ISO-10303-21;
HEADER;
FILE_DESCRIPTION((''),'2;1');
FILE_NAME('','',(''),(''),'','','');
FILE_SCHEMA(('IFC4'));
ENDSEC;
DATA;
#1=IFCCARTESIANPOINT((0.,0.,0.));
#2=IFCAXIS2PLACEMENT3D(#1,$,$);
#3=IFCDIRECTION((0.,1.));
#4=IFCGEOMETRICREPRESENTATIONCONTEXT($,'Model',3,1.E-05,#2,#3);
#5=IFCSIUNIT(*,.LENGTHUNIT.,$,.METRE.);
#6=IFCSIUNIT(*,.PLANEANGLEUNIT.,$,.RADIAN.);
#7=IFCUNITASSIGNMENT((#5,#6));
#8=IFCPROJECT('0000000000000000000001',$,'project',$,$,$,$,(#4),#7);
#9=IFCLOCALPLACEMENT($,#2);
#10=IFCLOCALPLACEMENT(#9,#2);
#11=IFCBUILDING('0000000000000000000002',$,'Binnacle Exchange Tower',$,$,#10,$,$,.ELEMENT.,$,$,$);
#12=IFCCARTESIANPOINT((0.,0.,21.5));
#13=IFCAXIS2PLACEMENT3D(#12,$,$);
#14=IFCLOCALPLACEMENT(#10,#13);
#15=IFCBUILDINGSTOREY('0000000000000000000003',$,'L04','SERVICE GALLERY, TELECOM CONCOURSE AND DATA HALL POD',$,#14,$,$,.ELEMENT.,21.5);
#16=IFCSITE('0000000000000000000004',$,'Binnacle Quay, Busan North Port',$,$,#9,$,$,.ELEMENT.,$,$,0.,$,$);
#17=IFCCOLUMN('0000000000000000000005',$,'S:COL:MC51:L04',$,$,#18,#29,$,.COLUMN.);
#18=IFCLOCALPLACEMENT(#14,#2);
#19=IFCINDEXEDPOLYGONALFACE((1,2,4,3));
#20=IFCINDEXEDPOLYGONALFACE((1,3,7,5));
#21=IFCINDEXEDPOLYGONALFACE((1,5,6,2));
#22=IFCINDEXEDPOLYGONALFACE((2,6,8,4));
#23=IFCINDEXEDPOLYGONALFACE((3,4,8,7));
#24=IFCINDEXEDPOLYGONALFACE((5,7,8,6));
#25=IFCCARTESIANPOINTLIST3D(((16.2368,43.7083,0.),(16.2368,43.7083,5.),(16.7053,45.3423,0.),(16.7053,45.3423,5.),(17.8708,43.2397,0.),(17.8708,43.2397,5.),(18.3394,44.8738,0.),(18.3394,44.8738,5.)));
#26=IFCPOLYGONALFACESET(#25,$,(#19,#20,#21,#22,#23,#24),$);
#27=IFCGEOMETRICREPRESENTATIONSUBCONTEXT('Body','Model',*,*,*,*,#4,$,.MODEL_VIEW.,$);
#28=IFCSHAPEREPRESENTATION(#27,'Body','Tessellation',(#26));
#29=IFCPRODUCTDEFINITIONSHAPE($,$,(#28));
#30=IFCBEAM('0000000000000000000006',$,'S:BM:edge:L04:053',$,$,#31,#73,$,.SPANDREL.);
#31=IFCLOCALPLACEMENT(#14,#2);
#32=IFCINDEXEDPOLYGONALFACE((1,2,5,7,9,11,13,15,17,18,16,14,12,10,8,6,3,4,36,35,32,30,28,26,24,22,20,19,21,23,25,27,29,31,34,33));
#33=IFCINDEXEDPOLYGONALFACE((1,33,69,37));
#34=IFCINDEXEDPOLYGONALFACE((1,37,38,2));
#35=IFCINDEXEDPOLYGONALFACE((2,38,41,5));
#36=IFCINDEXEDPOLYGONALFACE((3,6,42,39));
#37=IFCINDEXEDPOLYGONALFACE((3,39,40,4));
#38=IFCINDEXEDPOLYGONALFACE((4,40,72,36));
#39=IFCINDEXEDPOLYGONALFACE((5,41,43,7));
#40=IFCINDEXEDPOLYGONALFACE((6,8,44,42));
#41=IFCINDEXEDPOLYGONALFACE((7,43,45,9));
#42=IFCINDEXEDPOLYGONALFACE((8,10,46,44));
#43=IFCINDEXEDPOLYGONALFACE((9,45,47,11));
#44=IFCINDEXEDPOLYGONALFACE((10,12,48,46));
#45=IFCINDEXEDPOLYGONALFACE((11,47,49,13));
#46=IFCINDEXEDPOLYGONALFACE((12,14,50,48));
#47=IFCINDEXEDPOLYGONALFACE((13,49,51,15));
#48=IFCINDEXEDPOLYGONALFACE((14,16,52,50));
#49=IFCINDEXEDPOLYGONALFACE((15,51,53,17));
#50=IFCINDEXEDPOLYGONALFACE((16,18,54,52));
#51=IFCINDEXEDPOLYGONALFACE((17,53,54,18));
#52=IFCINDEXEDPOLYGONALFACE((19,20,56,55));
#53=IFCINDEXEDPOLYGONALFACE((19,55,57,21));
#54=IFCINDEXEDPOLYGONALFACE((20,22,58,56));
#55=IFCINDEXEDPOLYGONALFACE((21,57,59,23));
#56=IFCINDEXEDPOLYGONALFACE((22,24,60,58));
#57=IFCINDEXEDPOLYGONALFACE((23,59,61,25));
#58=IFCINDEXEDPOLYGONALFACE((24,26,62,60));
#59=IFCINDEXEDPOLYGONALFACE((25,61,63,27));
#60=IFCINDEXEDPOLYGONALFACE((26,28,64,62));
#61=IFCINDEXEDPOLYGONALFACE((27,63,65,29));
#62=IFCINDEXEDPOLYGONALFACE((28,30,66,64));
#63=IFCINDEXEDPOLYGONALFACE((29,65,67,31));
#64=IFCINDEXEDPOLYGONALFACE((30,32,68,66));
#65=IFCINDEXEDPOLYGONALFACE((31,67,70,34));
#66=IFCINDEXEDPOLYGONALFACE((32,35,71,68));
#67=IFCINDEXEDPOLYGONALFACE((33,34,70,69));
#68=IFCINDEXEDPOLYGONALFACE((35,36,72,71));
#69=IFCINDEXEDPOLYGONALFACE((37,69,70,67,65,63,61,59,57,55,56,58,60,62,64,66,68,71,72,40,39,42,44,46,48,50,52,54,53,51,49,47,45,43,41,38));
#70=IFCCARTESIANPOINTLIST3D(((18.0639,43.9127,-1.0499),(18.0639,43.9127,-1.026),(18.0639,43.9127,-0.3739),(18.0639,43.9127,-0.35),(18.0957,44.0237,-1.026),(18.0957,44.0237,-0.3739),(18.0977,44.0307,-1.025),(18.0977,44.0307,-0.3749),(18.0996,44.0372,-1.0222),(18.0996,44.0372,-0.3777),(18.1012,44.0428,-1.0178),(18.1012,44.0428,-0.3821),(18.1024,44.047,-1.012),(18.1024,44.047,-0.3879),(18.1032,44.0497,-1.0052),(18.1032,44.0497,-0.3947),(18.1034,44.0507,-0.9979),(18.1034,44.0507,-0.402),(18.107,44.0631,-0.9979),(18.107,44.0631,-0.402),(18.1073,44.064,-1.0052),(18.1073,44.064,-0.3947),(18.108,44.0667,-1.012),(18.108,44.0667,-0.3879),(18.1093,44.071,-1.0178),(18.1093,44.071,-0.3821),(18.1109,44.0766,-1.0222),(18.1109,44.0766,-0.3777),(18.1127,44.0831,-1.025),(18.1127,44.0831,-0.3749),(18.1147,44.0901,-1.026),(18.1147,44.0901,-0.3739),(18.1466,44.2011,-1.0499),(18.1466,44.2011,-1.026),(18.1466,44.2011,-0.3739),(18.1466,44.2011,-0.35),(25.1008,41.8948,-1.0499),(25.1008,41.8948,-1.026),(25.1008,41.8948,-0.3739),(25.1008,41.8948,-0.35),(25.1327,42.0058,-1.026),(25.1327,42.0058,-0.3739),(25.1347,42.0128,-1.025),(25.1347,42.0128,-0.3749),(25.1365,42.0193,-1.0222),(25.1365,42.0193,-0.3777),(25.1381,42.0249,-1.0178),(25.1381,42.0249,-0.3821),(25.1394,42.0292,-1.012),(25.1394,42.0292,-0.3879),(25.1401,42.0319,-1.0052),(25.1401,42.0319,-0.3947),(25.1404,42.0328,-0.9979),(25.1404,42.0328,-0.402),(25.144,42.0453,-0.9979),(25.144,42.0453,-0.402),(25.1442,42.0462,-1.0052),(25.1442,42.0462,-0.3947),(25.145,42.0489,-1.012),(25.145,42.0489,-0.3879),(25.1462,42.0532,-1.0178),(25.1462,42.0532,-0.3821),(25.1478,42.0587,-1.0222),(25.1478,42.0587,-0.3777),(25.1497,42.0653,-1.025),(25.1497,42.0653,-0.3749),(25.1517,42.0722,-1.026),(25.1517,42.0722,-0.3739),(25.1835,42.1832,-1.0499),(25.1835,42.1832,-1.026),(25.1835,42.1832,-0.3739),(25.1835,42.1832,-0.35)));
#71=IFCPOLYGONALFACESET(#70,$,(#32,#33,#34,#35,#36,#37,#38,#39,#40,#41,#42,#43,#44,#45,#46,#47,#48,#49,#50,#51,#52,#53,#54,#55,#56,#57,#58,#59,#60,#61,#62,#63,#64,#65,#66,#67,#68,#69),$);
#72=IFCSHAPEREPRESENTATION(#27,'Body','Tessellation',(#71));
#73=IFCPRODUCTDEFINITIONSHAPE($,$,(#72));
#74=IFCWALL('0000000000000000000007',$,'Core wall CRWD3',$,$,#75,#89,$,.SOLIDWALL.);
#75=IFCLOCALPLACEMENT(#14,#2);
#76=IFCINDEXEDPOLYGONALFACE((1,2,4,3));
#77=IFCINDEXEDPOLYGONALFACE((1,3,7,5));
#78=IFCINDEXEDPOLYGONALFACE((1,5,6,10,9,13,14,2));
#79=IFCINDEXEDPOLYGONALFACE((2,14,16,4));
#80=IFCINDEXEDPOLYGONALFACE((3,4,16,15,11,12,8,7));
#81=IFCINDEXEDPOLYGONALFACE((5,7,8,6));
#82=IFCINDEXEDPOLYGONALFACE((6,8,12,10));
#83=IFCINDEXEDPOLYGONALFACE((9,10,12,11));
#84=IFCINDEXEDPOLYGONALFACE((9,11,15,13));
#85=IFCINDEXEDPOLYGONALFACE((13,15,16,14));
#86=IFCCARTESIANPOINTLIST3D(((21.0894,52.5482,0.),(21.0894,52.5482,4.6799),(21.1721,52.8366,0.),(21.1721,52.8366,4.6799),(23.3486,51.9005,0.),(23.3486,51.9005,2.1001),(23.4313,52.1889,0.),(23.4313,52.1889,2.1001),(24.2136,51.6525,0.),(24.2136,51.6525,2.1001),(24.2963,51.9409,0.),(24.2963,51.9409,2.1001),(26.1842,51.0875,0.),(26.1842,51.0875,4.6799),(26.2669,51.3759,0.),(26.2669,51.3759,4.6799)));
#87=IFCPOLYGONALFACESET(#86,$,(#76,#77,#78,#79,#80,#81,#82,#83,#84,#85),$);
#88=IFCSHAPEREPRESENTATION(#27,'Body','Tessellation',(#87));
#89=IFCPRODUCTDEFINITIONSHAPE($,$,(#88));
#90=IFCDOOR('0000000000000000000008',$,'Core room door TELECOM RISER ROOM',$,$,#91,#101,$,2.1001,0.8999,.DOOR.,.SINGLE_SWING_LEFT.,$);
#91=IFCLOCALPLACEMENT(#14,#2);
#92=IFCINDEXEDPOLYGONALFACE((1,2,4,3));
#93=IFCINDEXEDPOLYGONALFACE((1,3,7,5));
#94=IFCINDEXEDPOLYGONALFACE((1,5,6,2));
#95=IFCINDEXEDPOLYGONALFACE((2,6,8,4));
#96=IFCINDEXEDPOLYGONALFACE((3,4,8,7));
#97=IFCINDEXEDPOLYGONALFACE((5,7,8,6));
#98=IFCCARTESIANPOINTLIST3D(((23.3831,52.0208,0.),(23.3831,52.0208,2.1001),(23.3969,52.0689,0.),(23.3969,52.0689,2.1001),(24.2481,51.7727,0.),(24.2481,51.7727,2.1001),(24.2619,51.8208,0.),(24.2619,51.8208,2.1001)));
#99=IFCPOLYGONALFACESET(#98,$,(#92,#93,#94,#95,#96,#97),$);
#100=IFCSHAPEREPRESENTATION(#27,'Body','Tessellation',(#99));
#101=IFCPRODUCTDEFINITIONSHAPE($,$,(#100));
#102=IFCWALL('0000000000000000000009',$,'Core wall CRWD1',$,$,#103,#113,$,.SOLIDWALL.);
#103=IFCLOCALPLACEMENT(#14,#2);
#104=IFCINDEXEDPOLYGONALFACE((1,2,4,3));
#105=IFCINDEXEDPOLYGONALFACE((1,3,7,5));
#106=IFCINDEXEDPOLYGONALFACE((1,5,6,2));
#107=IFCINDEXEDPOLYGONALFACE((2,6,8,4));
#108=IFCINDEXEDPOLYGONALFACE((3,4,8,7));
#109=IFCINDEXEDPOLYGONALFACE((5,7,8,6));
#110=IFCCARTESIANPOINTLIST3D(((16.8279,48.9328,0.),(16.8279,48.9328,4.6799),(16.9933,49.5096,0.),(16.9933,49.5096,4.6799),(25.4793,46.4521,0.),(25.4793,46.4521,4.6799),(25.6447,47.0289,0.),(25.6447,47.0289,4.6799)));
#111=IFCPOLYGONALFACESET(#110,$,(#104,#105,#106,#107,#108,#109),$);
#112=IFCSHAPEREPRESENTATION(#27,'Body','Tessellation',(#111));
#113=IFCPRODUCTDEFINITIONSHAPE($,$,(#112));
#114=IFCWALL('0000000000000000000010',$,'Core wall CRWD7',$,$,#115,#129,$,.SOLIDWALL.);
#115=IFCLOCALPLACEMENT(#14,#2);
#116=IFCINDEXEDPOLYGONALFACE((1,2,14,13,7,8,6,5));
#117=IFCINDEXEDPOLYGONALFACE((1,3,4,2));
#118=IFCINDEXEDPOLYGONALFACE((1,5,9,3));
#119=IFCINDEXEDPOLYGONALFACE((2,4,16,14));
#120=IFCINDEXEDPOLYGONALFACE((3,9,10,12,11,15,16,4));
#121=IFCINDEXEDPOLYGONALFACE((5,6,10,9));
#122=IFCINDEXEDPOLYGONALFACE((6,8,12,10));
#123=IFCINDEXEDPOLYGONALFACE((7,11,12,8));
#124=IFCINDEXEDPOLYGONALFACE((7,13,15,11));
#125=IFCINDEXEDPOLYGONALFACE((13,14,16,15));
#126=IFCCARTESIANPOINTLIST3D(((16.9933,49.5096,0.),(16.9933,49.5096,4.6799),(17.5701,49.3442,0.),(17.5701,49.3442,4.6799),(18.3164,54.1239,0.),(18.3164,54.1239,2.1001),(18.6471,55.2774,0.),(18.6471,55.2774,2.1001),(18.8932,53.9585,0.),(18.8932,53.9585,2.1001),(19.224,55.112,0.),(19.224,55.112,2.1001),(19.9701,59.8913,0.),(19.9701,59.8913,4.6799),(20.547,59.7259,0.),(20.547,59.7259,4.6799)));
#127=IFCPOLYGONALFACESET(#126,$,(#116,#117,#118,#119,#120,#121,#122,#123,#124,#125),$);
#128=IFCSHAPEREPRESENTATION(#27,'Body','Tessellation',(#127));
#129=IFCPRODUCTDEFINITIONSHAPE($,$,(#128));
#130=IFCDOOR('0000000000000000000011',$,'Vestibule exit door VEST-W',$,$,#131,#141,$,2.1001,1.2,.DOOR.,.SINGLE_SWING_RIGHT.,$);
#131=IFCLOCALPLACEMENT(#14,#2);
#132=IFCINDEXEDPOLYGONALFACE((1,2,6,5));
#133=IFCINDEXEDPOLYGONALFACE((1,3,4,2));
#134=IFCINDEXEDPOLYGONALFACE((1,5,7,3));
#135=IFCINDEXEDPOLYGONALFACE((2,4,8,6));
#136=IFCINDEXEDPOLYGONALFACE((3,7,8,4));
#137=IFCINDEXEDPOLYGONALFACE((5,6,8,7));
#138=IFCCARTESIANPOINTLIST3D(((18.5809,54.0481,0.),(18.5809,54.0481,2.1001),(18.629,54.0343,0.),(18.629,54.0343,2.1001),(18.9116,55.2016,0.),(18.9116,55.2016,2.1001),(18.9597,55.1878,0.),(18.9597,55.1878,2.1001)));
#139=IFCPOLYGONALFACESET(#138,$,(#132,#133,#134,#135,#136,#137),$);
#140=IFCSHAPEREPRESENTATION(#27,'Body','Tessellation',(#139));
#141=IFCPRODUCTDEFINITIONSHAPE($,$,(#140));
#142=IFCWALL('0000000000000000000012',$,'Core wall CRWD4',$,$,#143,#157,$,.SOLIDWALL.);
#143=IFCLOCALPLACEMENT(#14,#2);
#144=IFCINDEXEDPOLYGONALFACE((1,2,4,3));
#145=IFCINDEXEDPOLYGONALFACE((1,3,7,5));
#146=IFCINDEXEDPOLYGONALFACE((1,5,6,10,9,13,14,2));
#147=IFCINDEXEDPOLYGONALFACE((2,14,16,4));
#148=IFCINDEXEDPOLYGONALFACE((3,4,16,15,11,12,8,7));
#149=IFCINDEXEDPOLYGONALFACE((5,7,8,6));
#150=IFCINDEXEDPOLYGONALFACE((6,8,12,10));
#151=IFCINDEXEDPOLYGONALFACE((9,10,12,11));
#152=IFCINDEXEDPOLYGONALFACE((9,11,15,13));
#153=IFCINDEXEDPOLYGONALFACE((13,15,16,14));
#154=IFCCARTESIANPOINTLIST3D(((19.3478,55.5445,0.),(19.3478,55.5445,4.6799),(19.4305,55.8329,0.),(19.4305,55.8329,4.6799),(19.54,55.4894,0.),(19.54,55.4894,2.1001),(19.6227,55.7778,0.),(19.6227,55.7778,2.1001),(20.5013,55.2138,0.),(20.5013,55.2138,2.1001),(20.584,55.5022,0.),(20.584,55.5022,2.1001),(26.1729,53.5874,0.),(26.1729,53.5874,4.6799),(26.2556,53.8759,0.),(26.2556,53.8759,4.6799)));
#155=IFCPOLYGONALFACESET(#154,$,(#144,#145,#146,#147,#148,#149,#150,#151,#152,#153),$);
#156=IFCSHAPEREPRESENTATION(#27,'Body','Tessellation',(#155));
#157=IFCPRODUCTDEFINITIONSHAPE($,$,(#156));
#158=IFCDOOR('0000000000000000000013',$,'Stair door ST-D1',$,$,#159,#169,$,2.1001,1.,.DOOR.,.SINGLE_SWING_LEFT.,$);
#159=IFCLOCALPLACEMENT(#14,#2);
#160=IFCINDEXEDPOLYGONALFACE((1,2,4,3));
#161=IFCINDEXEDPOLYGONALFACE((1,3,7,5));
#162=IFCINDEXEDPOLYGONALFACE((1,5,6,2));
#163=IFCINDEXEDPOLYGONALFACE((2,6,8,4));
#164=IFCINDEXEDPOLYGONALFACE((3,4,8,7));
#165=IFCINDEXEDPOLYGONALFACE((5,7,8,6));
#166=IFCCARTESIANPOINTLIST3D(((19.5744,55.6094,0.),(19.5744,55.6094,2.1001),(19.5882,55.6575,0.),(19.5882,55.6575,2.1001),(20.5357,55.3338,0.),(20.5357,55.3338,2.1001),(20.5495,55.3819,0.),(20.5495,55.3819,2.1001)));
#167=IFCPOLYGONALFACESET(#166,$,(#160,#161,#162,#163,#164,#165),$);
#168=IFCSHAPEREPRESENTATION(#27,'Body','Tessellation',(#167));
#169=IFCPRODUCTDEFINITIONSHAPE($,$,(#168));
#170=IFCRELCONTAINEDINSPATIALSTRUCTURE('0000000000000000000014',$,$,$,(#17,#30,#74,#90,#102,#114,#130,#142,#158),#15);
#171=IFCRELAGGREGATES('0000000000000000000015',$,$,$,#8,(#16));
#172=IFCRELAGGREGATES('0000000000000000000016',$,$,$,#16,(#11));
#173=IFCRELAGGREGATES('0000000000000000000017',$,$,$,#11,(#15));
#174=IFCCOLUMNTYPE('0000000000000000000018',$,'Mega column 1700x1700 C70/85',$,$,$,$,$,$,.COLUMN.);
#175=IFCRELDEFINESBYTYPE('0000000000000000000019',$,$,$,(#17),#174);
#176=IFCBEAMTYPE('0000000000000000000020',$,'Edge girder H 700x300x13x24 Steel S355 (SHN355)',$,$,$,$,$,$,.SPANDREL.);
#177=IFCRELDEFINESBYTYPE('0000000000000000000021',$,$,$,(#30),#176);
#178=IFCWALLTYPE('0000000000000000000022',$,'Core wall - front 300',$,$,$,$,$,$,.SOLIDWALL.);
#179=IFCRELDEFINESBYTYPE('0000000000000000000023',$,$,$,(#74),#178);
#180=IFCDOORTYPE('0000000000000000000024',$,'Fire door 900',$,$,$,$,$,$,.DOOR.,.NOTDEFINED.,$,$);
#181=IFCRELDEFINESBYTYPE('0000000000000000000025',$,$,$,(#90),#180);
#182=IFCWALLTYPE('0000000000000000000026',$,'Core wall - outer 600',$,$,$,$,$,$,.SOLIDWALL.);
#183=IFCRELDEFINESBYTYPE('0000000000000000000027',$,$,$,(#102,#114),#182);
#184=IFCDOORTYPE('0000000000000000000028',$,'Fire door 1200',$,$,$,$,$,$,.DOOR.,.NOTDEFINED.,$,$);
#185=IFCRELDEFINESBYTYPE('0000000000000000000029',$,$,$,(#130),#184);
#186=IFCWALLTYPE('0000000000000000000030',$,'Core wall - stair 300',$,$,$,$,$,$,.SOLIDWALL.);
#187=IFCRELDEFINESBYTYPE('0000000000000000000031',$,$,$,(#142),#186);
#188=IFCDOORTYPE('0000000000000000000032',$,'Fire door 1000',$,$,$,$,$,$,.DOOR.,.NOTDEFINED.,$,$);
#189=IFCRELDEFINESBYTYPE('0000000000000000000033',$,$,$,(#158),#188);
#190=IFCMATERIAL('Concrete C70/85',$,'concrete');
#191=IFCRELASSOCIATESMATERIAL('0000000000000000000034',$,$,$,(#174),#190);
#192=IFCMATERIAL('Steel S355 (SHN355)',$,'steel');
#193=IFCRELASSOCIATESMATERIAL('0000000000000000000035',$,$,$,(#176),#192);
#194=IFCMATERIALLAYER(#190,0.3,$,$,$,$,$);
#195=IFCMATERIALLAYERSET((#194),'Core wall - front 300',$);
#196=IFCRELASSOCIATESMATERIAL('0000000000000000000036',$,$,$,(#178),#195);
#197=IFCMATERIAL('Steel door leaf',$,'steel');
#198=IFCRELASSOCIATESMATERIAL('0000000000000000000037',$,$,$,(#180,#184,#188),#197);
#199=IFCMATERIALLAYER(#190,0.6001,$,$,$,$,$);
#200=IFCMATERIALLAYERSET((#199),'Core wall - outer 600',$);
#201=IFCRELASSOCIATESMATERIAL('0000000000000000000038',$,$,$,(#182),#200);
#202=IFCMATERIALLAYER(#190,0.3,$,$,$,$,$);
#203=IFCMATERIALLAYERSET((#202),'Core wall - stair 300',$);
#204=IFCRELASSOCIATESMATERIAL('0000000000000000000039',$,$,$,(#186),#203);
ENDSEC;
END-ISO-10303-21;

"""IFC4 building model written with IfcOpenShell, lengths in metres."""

from ifc_helpers import new_model, si_unit, direction, frame, frame_2d, origin, origin_2d, place, context, subcontext, project, spatial, rectangle, i_section, extrude, material, layer, layer_set, material_profile, profile_set, type_object, element, fill, save


model = new_model("IFC4")

# Units and contexts
model_context = context("Model", 3, precision=1e-05, world=origin(), true_north=direction((0.0, 1.0)))
body_context = subcontext(model_context, "Body", "Model", "MODEL_VIEW")
ifc_project = project(units=[si_unit("LENGTHUNIT", "METRE"), si_unit("PLANEANGLEUNIT", "RADIAN")], contexts=[model_context])

# Site, building, storey
site_placement = place(None, origin())
site = spatial("IfcSite", under=ifc_project, at=site_placement, Name="Binnacle Quay, Busan North Port", CompositionType="ELEMENT", RefElevation=0.0)
building_placement = place(site_placement, origin())
building = spatial("IfcBuilding", under=site, at=building_placement, Name="Binnacle Exchange Tower", CompositionType="ELEMENT")
storey_placement = place(building_placement, frame((0.0, 0.0, 21.5)))
storey = spatial("IfcBuildingStorey", under=building, at=storey_placement, Name="L04", Description="SERVICE GALLERY, TELECOM CONCOURSE AND DATA HALL POD", CompositionType="ELEMENT", Elevation=21.5)

# Column
ifc_material_1 = material(Name="Concrete C70/85", Category="concrete")
ifc_material_profile_1 = material_profile(ifc_material_1, rectangle(XDim=1.7, YDim=1.7, at=origin_2d()), Name="Mega column 1700x1700 C70/85")
ifc_profile_set_1 = profile_set([ifc_material_profile_1], Name="Concrete C70/85")
column_type = type_object("IfcColumnType", Name="Mega column 1700x1700 C70/85", PredefinedType="COLUMN", material=ifc_profile_set_1)
column_placement = place(storey_placement, frame((17.2881, 44.291, 0.0), z_axis=(0.0, 0.0, 1.0), x_axis=(0.961262, -0.275637, 0.0)))
element("IfcColumn", 1, at=column_placement, inside=storey, type_object=column_type, Name="S:COL:MC51:L04", PredefinedType="COLUMN", context=body_context, shape_type="SweptSolid", body=[
    extrude(rectangle(XDim=1.7, YDim=1.7, at=origin_2d()), origin(), (0.0, 0.0, 1.0), 5.0),
])

# Beam
ifc_material_2 = material(Name="Steel S355 (SHN355)", Category="steel")
ifc_material_profile_2 = material_profile(ifc_material_2, i_section(OverallWidth=0.3, OverallDepth=0.7, WebThickness=0.0129, FlangeThickness=0.0239, FilletRadius=0.0281, at=origin_2d()), Name="H 700x300x13x24")
ifc_profile_set_2 = profile_set([ifc_material_profile_2], Name="Steel S355 (SHN355)")
beam_type = type_object("IfcBeamType", Name="Edge girder H 700x300x13x24 Steel S355 (SHN355)", PredefinedType="SPANDREL", material=ifc_profile_set_2)
beam_placement = place(storey_placement, frame((18.1052, 44.0569, -0.7), z_axis=(0.96126, -0.275642, 0.0), x_axis=(0.275642, 0.96126, 0.0)))
element("IfcBeam", 2, at=beam_placement, inside=storey, type_object=beam_type, Name="S:BM:edge:L04:053", PredefinedType="SPANDREL", context=body_context, shape_type="SweptSolid", body=[
    extrude(i_section(OverallWidth=0.3, OverallDepth=0.7, WebThickness=0.0129, FlangeThickness=0.0239, FilletRadius=0.0281, at=origin_2d()), origin(), (0.0, 0.0, 1.0), 7.3206),
])

# Wall, opening, door
ifc_layer_1 = layer(ifc_material_1, 0.3)
ifc_layer_set_1 = layer_set([ifc_layer_1], Name="Core wall - front 300")
wall_type_1 = type_object("IfcWallType", Name="Core wall - front 300", PredefinedType="SOLIDWALL", material=ifc_layer_set_1)
wall_1_placement = place(storey_placement, frame((21.1309, 52.6924, 0.0), z_axis=(0.0, 0.0, 1.0), x_axis=(0.961271, -0.275603, 0.0)))
wall_1 = element("IfcWall", 3, at=wall_1_placement, inside=storey, type_object=wall_type_1, Name="Core wall CRWD3", PredefinedType="SOLIDWALL", context=body_context, shape_type="SweptSolid", body=[
    extrude(rectangle(XDim=5.3, YDim=0.3, at=frame_2d((2.6499, 0.0))), origin(), (0.0, 0.0, 1.0), 4.6799),
])
opening_1_placement = place(wall_1_placement, frame((2.3501, 0.0, 0.0)))
opening_1 = element("IfcOpeningElement", 4, at=opening_1_placement, cuts=wall_1, PredefinedType="OPENING", context=body_context, shape_type="SweptSolid", body=[
    extrude(rectangle(XDim=0.8999, YDim=2.1001, at=frame_2d((0.45, 1.05))), frame((0.0, 0.1599, 0.0), z_axis=(0.0, -1.0, 0.0), x_axis=(1.0, 0.0, 0.0)), (0.0, 0.0, 1.0), 0.3201),
])
ifc_material_3 = material(Name="Steel door leaf", Category="steel")
door_type_1 = type_object("IfcDoorType", Name="Fire door 900", OperationType="NOTDEFINED", PredefinedType="DOOR", material=ifc_material_3)
door_1_placement = place(opening_1_placement, frame((0.8999, 0.0, 0.0), z_axis=(0.0, 0.0, 1.0), x_axis=(-1.0, 0.0, 0.0)))
door_1 = element("IfcDoor", 5, at=door_1_placement, inside=storey, type_object=door_type_1, Name="Core room door TELECOM RISER ROOM", OperationType="SINGLE_SWING_LEFT", OverallHeight=2.1001, OverallWidth=0.8999, PredefinedType="DOOR", context=body_context, shape_type="SweptSolid", body=[
    extrude(rectangle(XDim=0.8999, YDim=2.1001, at=frame_2d((0.45, 1.05))), frame((0.0, 0.0249, 0.0), z_axis=(0.0, -1.0, 0.0), x_axis=(1.0, 0.0, 0.0)), (0.0, 0.0, 1.0), 0.05),
])
fill(opening_1, door_1)

# Wall
ifc_layer_2 = layer(ifc_material_1, 0.6001)
ifc_layer_set_2 = layer_set([ifc_layer_2], Name="Core wall - outer 600")
wall_type_2 = type_object("IfcWallType", Name="Core wall - outer 600", PredefinedType="SOLIDWALL", material=ifc_layer_set_2)
wall_2_placement = place(storey_placement, frame((16.9106, 49.2212, 0.0), z_axis=(0.0, 0.0, 1.0), x_axis=(0.961262, -0.275635, 0.0)))
element("IfcWall", 6, at=wall_2_placement, inside=storey, type_object=wall_type_2, Name="Core wall CRWD1", PredefinedType="SOLIDWALL", context=body_context, shape_type="SweptSolid", body=[
    extrude(rectangle(XDim=9.0, YDim=0.6001, at=frame_2d((4.5, 0.0))), origin(), (0.0, 0.0, 1.0), 4.6799),
])

# Walls, openings, doors
wall_3_placement = place(storey_placement, frame((17.2817, 49.427, 0.0), z_axis=(0.0, 0.0, 1.0), x_axis=(0.275632, 0.961263, 0.0)))
wall_3 = element("IfcWall", 7, at=wall_3_placement, inside=storey, type_object=wall_type_2, Name="Core wall CRWD7", PredefinedType="SOLIDWALL", context=body_context, shape_type="SweptSolid", body=[
    extrude(rectangle(XDim=10.8, YDim=0.6001, at=frame_2d((5.3999, 0.0))), origin(), (0.0, 0.0, 1.0), 4.6799),
])
opening_2_placement = place(wall_3_placement, frame((4.8, 0.0, 0.0)))
opening_2 = element("IfcOpeningElement", 8, at=opening_2_placement, cuts=wall_3, PredefinedType="OPENING", context=body_context, shape_type="SweptSolid", body=[
    extrude(rectangle(XDim=1.2, YDim=2.1001, at=frame_2d((0.6001, 1.05))), frame((0.0, 0.3101, 0.0), z_axis=(0.0, -1.0, 0.0), x_axis=(1.0, 0.0, 0.0)), (0.0, 0.0, 1.0), 0.6201),
])
door_type_2 = type_object("IfcDoorType", Name="Fire door 1200", OperationType="NOTDEFINED", PredefinedType="DOOR", material=ifc_material_3)
door_2_placement = place(opening_2_placement, origin())
door_2 = element("IfcDoor", 9, at=door_2_placement, inside=storey, type_object=door_type_2, Name="Vestibule exit door VEST-W", OperationType="SINGLE_SWING_RIGHT", OverallHeight=2.1001, OverallWidth=1.2, PredefinedType="DOOR", context=body_context, shape_type="SweptSolid", body=[
    extrude(rectangle(XDim=1.2, YDim=2.1001, at=frame_2d((0.6001, 1.05))), frame((0.0, 0.0249, 0.0), z_axis=(0.0, -1.0, 0.0), x_axis=(1.0, 0.0, 0.0)), (0.0, 0.0, 1.0), 0.05),
])
fill(opening_2, door_2)
ifc_layer_3 = layer(ifc_material_1, 0.3)
ifc_layer_set_3 = layer_set([ifc_layer_3], Name="Core wall - stair 300")
wall_type_3 = type_object("IfcWallType", Name="Core wall - stair 300", PredefinedType="SOLIDWALL", material=ifc_layer_set_3)
wall_4_placement = place(storey_placement, frame((19.3892, 55.6887, 0.0), z_axis=(0.0, 0.0, 1.0), x_axis=(0.961261, -0.275638, 0.0)))
wall_4 = element("IfcWall", 10, at=wall_4_placement, inside=storey, type_object=wall_type_3, Name="Core wall CRWD4", PredefinedType="SOLIDWALL", context=body_context, shape_type="SweptSolid", body=[
    extrude(rectangle(XDim=7.1001, YDim=0.3, at=frame_2d((3.55, 0.0))), origin(), (0.0, 0.0, 1.0), 4.6799),
])
opening_3_placement = place(wall_4_placement, frame((0.2, 0.0, 0.0)))
opening_3 = element("IfcOpeningElement", 11, at=opening_3_placement, cuts=wall_4, PredefinedType="OPENING", context=body_context, shape_type="SweptSolid", body=[
    extrude(rectangle(XDim=1.0, YDim=2.1001, at=frame_2d((0.5, 1.05))), frame((0.0, 0.1599, 0.0), z_axis=(0.0, -1.0, 0.0), x_axis=(1.0, 0.0, 0.0)), (0.0, 0.0, 1.0), 0.3201),
])
door_type_3 = type_object("IfcDoorType", Name="Fire door 1000", OperationType="NOTDEFINED", PredefinedType="DOOR", material=ifc_material_3)
door_3_placement = place(opening_3_placement, origin())
door_3 = element("IfcDoor", 12, at=door_3_placement, inside=storey, type_object=door_type_3, Name="Stair door ST-D1", OperationType="SINGLE_SWING_LEFT", OverallHeight=2.1001, OverallWidth=1.0, PredefinedType="DOOR", context=body_context, shape_type="SweptSolid", body=[
    extrude(rectangle(XDim=1.0, YDim=2.1001, at=frame_2d((0.5, 1.05))), frame((0.0, 0.0249, 0.0), z_axis=(0.0, -1.0, 0.0), x_axis=(1.0, 0.0, 0.0)), (0.0, 0.0, 1.0), 0.05),
])
fill(opening_3, door_3)

save(model, "model.ifc")
